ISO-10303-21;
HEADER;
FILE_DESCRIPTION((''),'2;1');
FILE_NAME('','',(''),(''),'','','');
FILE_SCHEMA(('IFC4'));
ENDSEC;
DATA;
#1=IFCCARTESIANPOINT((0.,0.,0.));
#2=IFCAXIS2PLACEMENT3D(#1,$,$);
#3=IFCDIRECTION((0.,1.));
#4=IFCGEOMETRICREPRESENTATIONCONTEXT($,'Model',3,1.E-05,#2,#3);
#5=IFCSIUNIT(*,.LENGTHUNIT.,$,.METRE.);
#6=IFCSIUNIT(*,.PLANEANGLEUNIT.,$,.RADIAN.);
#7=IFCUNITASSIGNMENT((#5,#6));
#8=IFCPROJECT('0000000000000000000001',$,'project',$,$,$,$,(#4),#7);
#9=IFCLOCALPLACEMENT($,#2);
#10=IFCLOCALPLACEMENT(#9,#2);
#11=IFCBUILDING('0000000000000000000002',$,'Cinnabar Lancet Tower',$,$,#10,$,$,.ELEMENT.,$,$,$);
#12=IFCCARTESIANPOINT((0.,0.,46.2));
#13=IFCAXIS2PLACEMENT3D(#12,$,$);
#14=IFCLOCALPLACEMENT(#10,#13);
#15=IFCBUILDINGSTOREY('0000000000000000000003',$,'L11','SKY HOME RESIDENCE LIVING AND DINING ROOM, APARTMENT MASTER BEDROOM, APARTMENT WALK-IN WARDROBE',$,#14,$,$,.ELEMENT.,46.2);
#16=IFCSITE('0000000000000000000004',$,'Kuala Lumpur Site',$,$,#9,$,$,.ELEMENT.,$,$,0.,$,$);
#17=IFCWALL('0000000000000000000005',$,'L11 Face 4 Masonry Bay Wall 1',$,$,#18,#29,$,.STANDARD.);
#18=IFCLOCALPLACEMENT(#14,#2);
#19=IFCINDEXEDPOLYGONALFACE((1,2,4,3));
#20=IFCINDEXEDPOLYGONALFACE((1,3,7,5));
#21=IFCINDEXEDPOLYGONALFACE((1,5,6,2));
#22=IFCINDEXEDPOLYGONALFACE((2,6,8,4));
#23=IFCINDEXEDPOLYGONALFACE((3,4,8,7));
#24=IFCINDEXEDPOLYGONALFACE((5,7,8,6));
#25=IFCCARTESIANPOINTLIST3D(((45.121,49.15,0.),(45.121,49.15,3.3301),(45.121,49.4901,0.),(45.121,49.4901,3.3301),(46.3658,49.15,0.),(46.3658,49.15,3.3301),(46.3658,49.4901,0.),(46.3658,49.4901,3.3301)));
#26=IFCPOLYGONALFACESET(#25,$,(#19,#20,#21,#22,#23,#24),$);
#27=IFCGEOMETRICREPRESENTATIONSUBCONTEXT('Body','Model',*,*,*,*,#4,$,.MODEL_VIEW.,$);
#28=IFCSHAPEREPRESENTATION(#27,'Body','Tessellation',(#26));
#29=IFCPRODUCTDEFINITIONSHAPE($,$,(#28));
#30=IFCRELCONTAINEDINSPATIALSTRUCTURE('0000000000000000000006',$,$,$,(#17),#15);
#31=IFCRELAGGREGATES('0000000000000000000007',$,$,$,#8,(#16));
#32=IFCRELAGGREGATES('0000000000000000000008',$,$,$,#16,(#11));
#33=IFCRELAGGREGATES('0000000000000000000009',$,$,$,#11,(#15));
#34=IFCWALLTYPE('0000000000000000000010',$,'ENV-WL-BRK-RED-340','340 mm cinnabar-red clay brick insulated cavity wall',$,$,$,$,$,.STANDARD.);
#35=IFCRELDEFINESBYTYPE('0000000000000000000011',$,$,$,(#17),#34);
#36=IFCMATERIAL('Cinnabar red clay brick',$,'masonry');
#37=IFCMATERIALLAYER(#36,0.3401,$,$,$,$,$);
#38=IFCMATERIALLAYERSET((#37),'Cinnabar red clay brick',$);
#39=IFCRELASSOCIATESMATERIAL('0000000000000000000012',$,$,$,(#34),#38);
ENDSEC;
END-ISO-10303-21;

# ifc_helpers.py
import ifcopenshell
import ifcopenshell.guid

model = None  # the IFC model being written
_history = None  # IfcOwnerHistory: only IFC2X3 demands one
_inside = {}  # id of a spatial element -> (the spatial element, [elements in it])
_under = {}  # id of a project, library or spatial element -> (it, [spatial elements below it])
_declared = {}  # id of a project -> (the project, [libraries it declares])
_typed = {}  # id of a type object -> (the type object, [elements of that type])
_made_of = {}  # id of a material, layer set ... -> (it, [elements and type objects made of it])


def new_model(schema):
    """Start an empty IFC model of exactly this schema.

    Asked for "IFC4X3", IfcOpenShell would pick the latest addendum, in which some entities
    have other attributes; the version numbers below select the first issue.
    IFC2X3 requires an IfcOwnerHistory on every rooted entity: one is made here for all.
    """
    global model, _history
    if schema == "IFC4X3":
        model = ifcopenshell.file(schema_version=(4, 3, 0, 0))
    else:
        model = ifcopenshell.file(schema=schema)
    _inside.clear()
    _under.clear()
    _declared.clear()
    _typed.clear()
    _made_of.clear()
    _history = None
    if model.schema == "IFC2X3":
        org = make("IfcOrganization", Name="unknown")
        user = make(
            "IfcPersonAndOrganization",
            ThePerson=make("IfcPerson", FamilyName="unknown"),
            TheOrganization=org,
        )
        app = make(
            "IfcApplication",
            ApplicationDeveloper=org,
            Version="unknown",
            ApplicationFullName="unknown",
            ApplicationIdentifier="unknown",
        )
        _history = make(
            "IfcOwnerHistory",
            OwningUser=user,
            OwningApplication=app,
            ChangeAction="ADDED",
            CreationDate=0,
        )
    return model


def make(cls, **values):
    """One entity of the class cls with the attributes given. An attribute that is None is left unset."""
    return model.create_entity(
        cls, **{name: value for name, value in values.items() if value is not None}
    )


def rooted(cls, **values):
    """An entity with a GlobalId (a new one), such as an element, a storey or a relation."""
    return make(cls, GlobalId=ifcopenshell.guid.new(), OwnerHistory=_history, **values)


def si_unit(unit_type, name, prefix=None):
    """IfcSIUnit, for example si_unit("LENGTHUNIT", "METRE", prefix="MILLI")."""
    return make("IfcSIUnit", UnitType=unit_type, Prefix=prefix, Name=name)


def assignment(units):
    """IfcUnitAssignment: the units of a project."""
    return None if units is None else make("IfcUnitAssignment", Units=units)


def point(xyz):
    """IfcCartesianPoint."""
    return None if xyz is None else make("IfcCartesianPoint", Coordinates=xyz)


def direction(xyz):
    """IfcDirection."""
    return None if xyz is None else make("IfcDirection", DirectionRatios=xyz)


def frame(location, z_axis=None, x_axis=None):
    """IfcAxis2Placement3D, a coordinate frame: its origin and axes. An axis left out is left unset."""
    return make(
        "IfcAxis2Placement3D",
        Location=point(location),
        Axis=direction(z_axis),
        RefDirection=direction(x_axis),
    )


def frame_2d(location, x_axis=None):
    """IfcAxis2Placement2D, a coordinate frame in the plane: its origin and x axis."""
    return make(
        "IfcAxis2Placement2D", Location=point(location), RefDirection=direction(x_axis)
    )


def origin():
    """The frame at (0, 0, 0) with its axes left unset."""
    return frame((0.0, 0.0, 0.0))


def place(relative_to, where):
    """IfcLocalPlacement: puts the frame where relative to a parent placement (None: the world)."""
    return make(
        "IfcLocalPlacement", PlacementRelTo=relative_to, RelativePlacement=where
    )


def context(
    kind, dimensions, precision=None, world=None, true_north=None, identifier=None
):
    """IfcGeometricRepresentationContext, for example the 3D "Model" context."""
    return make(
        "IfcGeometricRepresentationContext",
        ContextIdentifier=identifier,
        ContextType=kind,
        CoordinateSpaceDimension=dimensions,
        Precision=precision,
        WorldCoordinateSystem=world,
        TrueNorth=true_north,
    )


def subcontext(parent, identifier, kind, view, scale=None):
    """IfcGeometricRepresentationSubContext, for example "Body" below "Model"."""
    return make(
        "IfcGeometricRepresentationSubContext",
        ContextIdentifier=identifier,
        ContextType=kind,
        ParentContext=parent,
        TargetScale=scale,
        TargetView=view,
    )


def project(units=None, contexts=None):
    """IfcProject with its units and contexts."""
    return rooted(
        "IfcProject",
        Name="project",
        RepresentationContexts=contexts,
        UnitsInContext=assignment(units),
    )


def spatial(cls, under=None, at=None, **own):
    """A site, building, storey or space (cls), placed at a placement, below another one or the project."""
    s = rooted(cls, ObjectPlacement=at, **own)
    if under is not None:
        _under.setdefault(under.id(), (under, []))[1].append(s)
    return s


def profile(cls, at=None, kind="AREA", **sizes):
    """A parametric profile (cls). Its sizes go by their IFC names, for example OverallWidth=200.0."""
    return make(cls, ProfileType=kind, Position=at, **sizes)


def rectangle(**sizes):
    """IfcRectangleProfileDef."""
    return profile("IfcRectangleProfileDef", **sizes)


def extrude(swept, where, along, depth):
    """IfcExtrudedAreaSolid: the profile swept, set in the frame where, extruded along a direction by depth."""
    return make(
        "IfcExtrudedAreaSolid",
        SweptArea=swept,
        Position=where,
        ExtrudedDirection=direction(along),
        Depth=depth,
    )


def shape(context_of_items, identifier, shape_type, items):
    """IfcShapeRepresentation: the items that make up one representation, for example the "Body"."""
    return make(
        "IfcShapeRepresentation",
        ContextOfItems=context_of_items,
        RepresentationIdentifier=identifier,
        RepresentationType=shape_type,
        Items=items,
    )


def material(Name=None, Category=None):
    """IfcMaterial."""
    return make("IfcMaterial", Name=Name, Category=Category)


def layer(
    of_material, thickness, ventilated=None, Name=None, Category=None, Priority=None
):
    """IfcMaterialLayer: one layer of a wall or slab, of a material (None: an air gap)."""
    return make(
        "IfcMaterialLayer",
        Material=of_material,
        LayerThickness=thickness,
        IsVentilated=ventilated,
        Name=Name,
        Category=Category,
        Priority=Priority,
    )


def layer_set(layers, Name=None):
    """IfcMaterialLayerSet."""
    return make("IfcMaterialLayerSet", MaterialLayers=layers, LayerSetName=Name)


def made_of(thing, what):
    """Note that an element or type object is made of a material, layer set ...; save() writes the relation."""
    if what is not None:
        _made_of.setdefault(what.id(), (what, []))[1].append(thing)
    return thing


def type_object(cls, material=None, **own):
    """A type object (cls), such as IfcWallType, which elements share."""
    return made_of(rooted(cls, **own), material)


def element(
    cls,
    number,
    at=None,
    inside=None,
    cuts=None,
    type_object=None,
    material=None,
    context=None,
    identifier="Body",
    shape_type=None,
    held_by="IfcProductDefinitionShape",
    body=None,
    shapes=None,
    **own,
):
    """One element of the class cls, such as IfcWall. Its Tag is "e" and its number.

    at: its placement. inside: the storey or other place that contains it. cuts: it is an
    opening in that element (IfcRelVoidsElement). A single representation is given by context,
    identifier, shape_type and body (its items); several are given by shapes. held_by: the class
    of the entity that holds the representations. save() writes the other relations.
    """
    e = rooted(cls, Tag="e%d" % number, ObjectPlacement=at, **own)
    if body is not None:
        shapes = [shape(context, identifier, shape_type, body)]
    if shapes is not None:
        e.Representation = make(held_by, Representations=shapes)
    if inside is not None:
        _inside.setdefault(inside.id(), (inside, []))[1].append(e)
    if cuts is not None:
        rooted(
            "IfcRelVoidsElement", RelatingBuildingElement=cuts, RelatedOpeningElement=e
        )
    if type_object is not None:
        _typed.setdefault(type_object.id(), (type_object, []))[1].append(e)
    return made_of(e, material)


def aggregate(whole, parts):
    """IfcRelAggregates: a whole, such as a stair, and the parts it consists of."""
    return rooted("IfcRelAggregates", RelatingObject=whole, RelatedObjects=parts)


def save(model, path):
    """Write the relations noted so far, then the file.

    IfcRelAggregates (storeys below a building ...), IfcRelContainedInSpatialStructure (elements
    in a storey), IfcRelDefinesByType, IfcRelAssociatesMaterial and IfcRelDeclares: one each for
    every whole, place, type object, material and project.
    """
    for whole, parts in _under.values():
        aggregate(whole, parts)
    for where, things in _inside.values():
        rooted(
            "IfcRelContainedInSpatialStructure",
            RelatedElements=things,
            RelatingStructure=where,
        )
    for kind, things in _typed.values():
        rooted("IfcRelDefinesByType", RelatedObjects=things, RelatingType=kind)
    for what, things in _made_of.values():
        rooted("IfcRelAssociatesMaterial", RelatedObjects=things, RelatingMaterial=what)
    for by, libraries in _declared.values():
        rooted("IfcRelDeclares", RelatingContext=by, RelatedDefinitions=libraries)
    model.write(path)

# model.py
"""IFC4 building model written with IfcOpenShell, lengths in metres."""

from ifc_helpers import new_model, si_unit, direction, frame, frame_2d, origin, place, context, subcontext, project, spatial, rectangle, extrude, material, layer, layer_set, type_object, element, save


model = new_model("IFC4")

# Units and contexts
model_context = context("Model", 3, precision=1e-05, world=origin(), true_north=direction((0.0, 1.0)))
body_context = subcontext(model_context, "Body", "Model", "MODEL_VIEW")
ifc_project = project(units=[si_unit("LENGTHUNIT", "METRE"), si_unit("PLANEANGLEUNIT", "RADIAN")], contexts=[model_context])

# Site, building, storey
site_placement = place(None, origin())
site = spatial("IfcSite", under=ifc_project, at=site_placement, Name="Kuala Lumpur Site", CompositionType="ELEMENT", RefElevation=0.0)
building_placement = place(site_placement, origin())
building = spatial("IfcBuilding", under=site, at=building_placement, Name="Cinnabar Lancet Tower", CompositionType="ELEMENT")
storey_placement = place(building_placement, frame((0.0, 0.0, 46.2)))
storey = spatial("IfcBuildingStorey", under=building, at=storey_placement, Name="L11", Description="SKY HOME RESIDENCE LIVING AND DINING ROOM, APARTMENT MASTER BEDROOM, APARTMENT WALK-IN WARDROBE", CompositionType="ELEMENT", Elevation=46.2)

# Shared definitions
ifc_material_1 = material(Name="Cinnabar red clay brick", Category="masonry")
ifc_layer_1 = layer(ifc_material_1, 0.3401)
ifc_layer_set_1 = layer_set([ifc_layer_1], Name="Cinnabar red clay brick")
wall_type_1 = type_object("IfcWallType", Name="ENV-WL-BRK-RED-340", Description="340 mm cinnabar-red clay brick insulated cavity wall", PredefinedType="STANDARD", material=ifc_layer_set_1)

# Wall
wall_1_placement = place(storey_placement, frame((46.366, 49.3201, 0.0), z_axis=(0.0, 0.0, 1.0), x_axis=(-1.0, 0.0, 0.0)))
element("IfcWall", 1, at=wall_1_placement, inside=storey, type_object=wall_type_1, Name="L11 Face 4 Masonry Bay Wall 1", PredefinedType="STANDARD", context=body_context, shape_type="SweptSolid", body=[
    extrude(rectangle(XDim=1.2449, YDim=0.3401, at=frame_2d((0.6226, 0.0))), origin(), (0.0, 0.0, 1.0), 3.3301),
])

save(model, "model.ifc")
